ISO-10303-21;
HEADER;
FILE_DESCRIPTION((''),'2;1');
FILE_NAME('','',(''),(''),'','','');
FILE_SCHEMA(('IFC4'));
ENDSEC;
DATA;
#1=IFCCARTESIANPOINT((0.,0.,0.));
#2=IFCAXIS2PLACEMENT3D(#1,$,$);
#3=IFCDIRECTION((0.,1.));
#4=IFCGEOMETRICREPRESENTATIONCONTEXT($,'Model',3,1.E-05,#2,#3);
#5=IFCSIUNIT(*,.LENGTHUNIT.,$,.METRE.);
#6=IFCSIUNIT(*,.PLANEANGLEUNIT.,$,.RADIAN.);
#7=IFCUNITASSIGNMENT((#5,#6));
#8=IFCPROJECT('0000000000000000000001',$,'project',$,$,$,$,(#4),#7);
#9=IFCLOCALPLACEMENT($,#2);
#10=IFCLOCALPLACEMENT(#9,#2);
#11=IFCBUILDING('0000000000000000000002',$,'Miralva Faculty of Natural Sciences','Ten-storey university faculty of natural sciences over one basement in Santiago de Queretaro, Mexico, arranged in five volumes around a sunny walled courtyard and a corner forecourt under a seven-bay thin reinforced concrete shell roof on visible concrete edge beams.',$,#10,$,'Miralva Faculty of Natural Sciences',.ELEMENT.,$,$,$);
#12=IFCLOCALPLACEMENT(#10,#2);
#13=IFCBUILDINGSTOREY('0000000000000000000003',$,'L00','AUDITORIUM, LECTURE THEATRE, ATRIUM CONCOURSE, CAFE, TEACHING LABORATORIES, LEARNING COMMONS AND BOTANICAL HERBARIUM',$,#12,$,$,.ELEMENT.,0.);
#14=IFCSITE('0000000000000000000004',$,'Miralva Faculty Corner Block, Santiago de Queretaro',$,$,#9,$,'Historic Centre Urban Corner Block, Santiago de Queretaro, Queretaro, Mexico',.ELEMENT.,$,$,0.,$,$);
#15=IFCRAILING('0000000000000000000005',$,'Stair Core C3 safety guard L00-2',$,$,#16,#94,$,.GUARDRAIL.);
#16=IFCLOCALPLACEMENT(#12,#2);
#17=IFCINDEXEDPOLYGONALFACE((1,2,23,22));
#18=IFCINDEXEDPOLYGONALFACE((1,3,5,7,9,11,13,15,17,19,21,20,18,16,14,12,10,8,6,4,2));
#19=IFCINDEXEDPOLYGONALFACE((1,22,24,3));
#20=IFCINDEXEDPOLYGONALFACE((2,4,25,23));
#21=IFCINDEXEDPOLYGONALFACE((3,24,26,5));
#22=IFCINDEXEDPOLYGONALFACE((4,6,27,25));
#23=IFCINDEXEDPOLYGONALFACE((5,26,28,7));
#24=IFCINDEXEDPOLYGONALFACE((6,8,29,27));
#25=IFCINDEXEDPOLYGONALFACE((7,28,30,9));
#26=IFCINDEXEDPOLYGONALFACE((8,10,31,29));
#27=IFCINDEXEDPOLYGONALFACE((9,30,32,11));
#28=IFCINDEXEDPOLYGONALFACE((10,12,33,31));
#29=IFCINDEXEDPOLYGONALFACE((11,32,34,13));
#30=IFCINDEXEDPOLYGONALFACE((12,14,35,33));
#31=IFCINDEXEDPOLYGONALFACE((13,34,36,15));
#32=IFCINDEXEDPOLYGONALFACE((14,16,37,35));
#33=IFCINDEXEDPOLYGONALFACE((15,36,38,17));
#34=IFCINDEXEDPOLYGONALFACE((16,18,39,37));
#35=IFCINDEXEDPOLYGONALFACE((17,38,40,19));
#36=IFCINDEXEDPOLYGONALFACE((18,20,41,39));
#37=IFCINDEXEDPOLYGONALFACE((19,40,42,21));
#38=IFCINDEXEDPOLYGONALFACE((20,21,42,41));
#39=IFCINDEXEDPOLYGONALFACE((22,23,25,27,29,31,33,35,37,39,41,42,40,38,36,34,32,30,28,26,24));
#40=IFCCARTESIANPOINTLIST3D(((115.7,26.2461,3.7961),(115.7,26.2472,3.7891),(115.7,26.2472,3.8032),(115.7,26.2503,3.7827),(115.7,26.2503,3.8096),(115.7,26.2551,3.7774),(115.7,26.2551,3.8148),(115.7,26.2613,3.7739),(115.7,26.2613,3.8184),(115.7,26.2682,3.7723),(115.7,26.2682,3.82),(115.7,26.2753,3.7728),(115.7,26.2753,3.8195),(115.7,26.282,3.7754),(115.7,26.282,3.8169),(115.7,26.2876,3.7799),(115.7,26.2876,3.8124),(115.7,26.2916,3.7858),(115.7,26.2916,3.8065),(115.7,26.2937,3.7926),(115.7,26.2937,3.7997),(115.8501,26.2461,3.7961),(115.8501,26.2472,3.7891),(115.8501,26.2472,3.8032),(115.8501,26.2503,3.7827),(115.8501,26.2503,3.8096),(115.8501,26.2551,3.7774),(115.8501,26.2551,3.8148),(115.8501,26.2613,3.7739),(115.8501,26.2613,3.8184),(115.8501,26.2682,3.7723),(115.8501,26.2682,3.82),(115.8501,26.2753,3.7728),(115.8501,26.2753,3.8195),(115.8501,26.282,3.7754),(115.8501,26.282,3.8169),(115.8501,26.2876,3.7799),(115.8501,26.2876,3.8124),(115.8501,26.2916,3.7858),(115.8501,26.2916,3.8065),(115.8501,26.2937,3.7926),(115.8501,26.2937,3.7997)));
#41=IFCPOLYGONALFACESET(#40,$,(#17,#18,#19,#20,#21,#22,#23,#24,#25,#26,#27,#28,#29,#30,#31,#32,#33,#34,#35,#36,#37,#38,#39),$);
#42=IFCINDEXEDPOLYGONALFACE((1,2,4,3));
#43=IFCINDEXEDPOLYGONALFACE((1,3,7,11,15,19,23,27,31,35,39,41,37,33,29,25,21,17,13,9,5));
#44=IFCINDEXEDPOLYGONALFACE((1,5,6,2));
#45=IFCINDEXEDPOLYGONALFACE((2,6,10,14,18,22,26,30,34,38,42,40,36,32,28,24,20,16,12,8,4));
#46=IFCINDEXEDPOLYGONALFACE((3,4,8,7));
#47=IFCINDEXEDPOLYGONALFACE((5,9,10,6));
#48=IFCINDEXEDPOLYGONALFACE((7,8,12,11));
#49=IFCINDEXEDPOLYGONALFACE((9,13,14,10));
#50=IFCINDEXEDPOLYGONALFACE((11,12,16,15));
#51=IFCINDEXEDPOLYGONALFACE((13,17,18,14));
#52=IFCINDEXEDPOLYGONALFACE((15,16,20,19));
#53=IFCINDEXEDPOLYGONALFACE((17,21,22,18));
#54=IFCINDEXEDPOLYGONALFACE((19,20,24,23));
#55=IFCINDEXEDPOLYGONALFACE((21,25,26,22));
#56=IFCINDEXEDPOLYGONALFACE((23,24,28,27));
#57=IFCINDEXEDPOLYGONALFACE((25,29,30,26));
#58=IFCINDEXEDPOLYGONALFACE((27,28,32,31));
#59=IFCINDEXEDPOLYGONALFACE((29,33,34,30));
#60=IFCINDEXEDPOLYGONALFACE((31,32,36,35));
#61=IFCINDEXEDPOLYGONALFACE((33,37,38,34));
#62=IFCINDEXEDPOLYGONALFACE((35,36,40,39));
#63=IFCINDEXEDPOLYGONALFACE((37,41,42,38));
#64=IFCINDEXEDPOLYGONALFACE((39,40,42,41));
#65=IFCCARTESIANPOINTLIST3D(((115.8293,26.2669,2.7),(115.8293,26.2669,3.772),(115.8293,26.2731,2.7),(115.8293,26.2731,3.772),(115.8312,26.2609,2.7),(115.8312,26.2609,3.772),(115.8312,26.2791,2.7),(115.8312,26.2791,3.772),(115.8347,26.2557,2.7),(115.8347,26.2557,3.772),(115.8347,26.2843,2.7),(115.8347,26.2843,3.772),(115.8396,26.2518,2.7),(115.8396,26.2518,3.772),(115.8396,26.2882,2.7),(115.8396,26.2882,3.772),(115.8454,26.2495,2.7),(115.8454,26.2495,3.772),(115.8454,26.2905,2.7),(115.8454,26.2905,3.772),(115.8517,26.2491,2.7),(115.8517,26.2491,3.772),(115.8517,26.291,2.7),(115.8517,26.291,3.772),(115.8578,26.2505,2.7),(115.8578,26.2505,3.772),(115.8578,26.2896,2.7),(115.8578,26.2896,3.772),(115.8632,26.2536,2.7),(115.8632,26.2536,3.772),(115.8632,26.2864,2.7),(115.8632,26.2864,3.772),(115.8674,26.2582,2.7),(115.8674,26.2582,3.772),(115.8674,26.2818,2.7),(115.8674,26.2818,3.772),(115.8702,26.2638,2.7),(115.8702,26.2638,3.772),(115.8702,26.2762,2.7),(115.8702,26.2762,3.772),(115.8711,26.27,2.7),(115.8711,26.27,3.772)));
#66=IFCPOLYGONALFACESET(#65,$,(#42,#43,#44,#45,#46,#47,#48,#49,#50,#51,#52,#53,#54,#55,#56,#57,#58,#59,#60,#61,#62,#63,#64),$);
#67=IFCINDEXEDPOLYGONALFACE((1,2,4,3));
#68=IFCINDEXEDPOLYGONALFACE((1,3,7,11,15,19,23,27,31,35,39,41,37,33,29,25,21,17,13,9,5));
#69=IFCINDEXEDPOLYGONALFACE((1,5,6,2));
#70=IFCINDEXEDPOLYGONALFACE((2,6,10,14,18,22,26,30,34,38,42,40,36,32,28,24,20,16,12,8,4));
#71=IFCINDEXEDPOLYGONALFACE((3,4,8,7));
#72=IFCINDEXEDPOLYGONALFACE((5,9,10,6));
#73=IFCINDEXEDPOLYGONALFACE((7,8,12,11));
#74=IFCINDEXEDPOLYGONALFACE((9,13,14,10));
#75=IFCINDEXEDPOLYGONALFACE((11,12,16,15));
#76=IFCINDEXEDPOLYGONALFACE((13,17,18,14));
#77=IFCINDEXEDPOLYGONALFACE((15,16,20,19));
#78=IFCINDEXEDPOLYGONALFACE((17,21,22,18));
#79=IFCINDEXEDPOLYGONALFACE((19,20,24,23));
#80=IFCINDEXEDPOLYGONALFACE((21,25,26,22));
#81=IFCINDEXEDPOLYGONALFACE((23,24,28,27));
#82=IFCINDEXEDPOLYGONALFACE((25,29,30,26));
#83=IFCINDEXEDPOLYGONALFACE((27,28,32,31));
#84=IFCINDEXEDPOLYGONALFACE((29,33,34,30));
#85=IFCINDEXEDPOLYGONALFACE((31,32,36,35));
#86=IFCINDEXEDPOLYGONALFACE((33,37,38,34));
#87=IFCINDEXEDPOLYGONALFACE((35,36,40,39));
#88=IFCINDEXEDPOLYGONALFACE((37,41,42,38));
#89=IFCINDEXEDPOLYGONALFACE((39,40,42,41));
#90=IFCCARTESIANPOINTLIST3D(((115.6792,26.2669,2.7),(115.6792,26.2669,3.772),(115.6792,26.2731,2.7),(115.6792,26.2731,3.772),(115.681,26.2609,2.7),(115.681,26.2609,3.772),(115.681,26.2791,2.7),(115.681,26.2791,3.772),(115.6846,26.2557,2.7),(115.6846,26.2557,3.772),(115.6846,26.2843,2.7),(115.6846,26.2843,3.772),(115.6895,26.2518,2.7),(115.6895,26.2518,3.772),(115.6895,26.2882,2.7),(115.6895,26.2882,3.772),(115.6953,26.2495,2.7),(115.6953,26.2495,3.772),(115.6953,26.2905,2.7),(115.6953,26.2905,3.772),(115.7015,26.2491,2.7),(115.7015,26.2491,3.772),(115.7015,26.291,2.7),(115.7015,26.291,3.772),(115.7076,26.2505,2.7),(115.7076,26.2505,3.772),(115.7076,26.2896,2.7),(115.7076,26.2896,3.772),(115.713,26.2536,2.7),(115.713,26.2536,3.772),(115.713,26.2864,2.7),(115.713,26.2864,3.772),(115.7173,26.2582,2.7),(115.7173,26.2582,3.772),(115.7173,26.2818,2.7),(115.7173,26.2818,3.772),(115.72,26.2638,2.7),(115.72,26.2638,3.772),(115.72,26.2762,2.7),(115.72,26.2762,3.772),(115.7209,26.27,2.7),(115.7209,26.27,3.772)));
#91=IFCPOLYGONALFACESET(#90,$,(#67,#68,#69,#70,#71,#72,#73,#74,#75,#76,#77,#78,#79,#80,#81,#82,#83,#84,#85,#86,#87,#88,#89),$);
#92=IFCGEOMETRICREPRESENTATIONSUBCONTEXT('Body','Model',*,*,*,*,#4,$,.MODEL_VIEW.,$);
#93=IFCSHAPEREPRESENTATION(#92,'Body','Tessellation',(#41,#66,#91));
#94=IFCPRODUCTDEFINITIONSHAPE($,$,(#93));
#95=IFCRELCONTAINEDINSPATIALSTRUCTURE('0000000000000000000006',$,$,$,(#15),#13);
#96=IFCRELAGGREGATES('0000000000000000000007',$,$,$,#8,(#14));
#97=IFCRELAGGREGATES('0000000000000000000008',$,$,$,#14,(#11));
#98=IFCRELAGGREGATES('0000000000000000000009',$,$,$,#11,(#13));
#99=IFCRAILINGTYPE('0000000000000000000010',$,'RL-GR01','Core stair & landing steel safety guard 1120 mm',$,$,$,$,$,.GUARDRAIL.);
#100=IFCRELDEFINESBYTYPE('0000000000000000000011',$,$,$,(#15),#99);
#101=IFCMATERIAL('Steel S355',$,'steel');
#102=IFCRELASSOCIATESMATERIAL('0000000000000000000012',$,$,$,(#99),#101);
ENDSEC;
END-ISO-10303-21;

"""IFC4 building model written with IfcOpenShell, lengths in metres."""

from ifc_helpers import new_model, si_unit, direction, frame, origin, origin_2d, place, context, subcontext, project, spatial, circle, extrude, material, type_object, element, save


model = new_model("IFC4")

# Units and contexts
model_context = context("Model", 3, precision=1e-05, world=origin(), true_north=direction((0.0, 1.0)))
body_context = subcontext(model_context, "Body", "Model", "MODEL_VIEW")
ifc_project = project(units=[si_unit("LENGTHUNIT", "METRE"), si_unit("PLANEANGLEUNIT", "RADIAN")], contexts=[model_context])

# Site, building, storey
site_placement = place(None, origin())
site = spatial("IfcSite", under=ifc_project, at=site_placement, Name="Miralva Faculty Corner Block, Santiago de Queretaro", LongName="Historic Centre Urban Corner Block, Santiago de Queretaro, Queretaro, Mexico", CompositionType="ELEMENT", RefElevation=0.0)
building_placement = place(site_placement, origin())
building = spatial("IfcBuilding", under=site, at=building_placement, Name="Miralva Faculty of Natural Sciences", Description="Ten-storey university faculty of natural sciences over one basement in Santiago de Queretaro, Mexico, arranged in five volumes around a sunny walled courtyard and a corner forecourt under a seven-bay thin reinforced concrete shell roof on visible concrete edge beams.", LongName="Miralva Faculty of Natural Sciences", CompositionType="ELEMENT")
storey_placement = place(building_placement, origin())
storey = spatial("IfcBuildingStorey", under=building, at=storey_placement, Name="L00", Description="AUDITORIUM, LECTURE THEATRE, ATRIUM CONCOURSE, CAFE, TEACHING LABORATORIES, LEARNING COMMONS AND BOTANICAL HERBARIUM", CompositionType="ELEMENT", Elevation=0.0)

# Railing
ifc_material_1 = material(Name="Steel S355", Category="steel")
railing_type_1 = type_object("IfcRailingType", Name="RL-GR01", Description="Core stair & landing steel safety guard 1120 mm", PredefinedType="GUARDRAIL", material=ifc_material_1)
railing_1_placement = place(storey_placement, frame((115.8501, 26.27, 2.7)))
element("IfcRailing", 1, at=railing_1_placement, inside=storey, type_object=railing_type_1, Name="Stair Core C3 safety guard L00-2", PredefinedType="GUARDRAIL", context=body_context, shape_type="SweptSolid", body=[
    extrude(circle(Radius=0.0239, at=origin_2d()), frame((0.0, 0.0, 1.0962), z_axis=(-1.0, 0.0, 0.0), x_axis=(0.0, -1.0, 0.0)), (0.0, 0.0, 1.0), 0.1501),
    extrude(circle(Radius=0.021, at=origin_2d()), origin(), (0.0, 0.0, 1.0), 1.072),
    extrude(circle(Radius=0.021, at=origin_2d()), frame((-0.1501, 0.0, 0.0)), (0.0, 0.0, 1.0), 1.072),
])

save(model, "model.ifc")
